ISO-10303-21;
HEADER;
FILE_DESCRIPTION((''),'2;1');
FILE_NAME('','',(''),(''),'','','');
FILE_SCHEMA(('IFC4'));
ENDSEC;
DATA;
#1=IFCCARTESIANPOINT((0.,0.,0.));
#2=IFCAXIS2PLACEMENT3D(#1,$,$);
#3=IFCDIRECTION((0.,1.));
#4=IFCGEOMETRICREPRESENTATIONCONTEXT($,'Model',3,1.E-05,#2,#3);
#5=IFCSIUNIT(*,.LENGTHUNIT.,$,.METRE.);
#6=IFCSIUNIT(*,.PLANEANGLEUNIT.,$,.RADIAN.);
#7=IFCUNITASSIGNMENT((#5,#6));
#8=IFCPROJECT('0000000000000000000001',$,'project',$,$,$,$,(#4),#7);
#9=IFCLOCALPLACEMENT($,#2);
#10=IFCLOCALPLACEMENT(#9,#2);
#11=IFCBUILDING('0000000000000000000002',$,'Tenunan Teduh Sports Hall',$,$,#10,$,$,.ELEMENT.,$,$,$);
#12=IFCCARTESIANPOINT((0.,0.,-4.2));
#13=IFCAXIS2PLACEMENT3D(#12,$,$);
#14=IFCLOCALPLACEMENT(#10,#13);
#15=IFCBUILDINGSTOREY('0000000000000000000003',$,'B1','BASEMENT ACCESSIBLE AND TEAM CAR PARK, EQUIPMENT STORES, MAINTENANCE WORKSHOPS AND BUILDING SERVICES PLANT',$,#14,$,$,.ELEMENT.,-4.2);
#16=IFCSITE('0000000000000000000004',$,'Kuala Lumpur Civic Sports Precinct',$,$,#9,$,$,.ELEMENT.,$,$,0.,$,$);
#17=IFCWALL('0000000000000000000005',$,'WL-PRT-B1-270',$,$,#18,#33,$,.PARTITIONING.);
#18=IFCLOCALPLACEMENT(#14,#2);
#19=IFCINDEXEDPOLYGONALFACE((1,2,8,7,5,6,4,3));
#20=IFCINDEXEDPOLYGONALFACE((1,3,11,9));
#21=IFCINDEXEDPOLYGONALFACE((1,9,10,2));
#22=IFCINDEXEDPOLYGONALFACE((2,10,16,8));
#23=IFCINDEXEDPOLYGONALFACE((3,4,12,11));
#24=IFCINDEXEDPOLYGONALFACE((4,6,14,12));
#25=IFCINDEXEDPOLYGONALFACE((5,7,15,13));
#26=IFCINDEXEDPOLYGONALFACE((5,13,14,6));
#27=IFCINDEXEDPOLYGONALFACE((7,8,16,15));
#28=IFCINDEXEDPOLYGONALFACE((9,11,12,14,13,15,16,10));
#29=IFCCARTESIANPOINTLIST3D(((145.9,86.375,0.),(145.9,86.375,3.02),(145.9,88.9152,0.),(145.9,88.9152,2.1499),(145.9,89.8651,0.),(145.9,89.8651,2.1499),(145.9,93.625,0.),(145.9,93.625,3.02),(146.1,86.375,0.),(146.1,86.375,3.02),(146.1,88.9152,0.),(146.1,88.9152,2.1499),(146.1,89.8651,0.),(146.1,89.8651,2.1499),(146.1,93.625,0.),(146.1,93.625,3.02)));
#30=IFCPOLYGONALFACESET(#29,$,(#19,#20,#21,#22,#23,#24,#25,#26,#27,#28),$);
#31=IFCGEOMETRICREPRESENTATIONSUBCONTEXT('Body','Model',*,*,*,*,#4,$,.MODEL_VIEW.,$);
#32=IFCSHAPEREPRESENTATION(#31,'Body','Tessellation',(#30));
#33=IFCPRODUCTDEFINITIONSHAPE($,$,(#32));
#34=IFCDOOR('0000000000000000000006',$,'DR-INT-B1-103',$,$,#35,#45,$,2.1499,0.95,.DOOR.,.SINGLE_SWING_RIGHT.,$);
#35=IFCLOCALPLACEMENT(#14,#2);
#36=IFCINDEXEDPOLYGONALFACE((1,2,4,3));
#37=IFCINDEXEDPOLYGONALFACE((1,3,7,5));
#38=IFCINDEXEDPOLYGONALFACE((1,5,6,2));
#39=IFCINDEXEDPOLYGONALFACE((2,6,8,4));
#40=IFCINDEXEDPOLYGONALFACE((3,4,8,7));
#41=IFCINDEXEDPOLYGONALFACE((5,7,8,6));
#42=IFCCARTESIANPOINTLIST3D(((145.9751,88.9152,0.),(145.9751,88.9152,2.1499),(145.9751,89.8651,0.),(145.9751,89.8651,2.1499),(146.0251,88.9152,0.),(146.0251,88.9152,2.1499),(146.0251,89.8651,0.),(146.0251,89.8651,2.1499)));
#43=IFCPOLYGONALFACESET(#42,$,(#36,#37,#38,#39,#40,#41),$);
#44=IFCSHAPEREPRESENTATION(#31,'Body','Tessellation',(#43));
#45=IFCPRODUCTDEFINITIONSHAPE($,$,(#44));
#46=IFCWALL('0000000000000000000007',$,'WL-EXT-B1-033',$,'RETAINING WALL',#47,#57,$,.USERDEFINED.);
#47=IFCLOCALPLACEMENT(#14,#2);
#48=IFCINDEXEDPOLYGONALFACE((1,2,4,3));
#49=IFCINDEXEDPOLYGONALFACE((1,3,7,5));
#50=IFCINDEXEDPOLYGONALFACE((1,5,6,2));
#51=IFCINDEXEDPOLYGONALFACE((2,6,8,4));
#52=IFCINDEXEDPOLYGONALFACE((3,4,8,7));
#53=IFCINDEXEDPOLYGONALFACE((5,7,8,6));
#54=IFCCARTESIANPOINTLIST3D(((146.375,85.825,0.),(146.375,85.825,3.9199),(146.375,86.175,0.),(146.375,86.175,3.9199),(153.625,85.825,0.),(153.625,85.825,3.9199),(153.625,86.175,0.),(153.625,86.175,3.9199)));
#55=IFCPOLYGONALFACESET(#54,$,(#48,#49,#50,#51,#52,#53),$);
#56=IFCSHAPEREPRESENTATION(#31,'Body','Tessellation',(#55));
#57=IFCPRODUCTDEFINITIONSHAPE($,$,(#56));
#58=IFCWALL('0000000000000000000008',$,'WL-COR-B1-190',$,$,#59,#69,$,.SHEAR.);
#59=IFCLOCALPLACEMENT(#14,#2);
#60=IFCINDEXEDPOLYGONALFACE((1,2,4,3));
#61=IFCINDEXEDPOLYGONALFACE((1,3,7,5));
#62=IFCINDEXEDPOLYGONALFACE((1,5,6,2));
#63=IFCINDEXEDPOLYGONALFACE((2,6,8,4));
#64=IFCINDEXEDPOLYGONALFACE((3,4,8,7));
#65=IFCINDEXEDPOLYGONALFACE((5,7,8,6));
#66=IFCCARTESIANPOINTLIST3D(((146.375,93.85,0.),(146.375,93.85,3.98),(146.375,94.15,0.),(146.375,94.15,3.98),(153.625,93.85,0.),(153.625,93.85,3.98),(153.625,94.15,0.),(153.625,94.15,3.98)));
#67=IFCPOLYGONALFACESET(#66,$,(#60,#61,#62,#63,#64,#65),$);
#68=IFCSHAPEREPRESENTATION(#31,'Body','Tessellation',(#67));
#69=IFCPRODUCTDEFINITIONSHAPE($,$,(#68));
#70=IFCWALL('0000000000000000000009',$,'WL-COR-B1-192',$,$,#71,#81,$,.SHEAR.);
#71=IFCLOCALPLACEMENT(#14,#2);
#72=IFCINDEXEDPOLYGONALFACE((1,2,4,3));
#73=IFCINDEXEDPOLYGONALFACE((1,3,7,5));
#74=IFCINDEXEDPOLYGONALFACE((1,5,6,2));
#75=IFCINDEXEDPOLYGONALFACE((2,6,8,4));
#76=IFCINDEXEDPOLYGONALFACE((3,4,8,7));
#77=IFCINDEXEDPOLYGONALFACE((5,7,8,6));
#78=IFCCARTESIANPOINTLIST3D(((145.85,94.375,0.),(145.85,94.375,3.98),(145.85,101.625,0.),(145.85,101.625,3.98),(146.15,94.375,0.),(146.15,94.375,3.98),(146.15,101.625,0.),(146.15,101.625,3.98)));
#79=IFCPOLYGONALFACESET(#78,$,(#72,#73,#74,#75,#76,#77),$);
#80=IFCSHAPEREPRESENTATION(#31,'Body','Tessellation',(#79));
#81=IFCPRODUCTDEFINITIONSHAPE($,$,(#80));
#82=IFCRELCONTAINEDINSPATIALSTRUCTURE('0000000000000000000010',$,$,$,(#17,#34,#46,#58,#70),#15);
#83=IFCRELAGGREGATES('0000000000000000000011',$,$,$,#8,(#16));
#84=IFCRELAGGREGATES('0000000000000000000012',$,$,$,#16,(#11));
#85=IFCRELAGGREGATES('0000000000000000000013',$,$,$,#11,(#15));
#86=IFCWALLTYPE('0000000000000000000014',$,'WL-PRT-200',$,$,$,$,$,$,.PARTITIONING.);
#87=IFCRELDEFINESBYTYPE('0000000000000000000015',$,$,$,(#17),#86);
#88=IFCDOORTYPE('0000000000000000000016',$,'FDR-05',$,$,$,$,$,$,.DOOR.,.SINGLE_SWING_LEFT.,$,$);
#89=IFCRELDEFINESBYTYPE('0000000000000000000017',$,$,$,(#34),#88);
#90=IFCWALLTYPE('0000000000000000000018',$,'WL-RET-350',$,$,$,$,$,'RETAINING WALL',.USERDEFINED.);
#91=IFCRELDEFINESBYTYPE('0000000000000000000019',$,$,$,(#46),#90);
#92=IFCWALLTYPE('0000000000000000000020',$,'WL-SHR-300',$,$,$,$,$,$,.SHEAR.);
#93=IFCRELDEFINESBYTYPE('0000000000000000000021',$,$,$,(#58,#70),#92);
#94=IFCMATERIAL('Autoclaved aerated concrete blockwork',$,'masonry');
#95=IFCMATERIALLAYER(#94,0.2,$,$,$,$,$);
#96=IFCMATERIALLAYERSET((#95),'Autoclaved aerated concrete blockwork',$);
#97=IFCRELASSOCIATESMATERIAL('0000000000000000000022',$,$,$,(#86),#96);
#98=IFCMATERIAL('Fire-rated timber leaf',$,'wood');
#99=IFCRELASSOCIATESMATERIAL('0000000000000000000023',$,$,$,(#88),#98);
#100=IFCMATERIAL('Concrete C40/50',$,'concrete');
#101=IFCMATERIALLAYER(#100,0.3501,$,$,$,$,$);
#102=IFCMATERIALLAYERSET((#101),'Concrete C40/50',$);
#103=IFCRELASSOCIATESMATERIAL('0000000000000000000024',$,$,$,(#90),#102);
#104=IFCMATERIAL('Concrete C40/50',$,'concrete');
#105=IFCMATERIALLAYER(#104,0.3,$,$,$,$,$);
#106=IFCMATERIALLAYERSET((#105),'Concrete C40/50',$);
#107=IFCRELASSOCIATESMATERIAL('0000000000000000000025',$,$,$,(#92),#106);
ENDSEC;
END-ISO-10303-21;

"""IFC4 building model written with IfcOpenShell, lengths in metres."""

from ifc_helpers import new_model, si_unit, direction, frame, frame_2d, origin, place, context, subcontext, project, spatial, rectangle, extrude, material, layer, layer_set, type_object, element, fill, save


model = new_model("IFC4")

# Units and contexts
model_context = context("Model", 3, precision=1e-05, world=origin(), true_north=direction((0.0, 1.0)))
body_context = subcontext(model_context, "Body", "Model", "MODEL_VIEW")
ifc_project = project(units=[si_unit("LENGTHUNIT", "METRE"), si_unit("PLANEANGLEUNIT", "RADIAN")], contexts=[model_context])

# Site, building, storey
site_placement = place(None, origin())
site = spatial("IfcSite", under=ifc_project, at=site_placement, Name="Kuala Lumpur Civic Sports Precinct", CompositionType="ELEMENT", RefElevation=0.0)
building_placement = place(site_placement, origin())
building = spatial("IfcBuilding", under=site, at=building_placement, Name="Tenunan Teduh Sports Hall", CompositionType="ELEMENT")
storey_placement = place(building_placement, frame((0.0, 0.0, -4.2)))
storey = spatial("IfcBuildingStorey", under=building, at=storey_placement, Name="B1", Description="BASEMENT ACCESSIBLE AND TEAM CAR PARK, EQUIPMENT STORES, MAINTENANCE WORKSHOPS AND BUILDING SERVICES PLANT", CompositionType="ELEMENT", Elevation=-4.2)

# Shared definitions
ifc_material_1 = material(Name="Autoclaved aerated concrete blockwork", Category="masonry")
ifc_layer_1 = layer(ifc_material_1, 0.2)
ifc_layer_set_1 = layer_set([ifc_layer_1], Name="Autoclaved aerated concrete blockwork")
wall_type_1 = type_object("IfcWallType", Name="WL-PRT-200", PredefinedType="PARTITIONING", material=ifc_layer_set_1)

# Wall, opening, door
wall_1_placement = place(storey_placement, frame((146.0, 86.375, 0.0), z_axis=(0.0, 0.0, 1.0), x_axis=(0.0, 1.0, 0.0)))
wall_1 = element("IfcWall", 1, at=wall_1_placement, inside=storey, type_object=wall_type_1, Name="WL-PRT-B1-270", PredefinedType="PARTITIONING", context=body_context, shape_type="SweptSolid", body=[
    extrude(rectangle(XDim=7.25, YDim=0.2, at=frame_2d((3.625, 0.0))), origin(), (0.0, 0.0, 1.0), 3.02),
])
opening_1_placement = place(wall_1_placement, frame((2.54, 0.0, 0.0)))
opening_1 = element("IfcOpeningElement", 2, at=opening_1_placement, cuts=wall_1, PredefinedType="OPENING", context=body_context, shape_type="SweptSolid", body=[
    extrude(rectangle(XDim=0.95, YDim=2.1499, at=frame_2d((0.4751, 1.075))), frame((0.0, 0.1099, 0.0), z_axis=(0.0, -1.0, 0.0), x_axis=(1.0, 0.0, 0.0)), (0.0, 0.0, 1.0), 0.22),
])
ifc_material_2 = material(Name="Fire-rated timber leaf", Category="wood")
door_type_1 = type_object("IfcDoorType", Name="FDR-05", OperationType="SINGLE_SWING_LEFT", PredefinedType="DOOR", material=ifc_material_2)
door_1_placement = place(opening_1_placement, origin())
door_1 = element("IfcDoor", 3, at=door_1_placement, inside=storey, type_object=door_type_1, Name="DR-INT-B1-103", OperationType="SINGLE_SWING_RIGHT", OverallHeight=2.1499, OverallWidth=0.95, PredefinedType="DOOR", context=body_context, shape_type="SweptSolid", body=[
    extrude(rectangle(XDim=0.95, YDim=2.1499, at=frame_2d((0.4751, 1.075))), frame((0.0, 0.0249, 0.0), z_axis=(0.0, -1.0, 0.0), x_axis=(1.0, 0.0, 0.0)), (0.0, 0.0, 1.0), 0.05),
])
fill(opening_1, door_1)

# Walls
ifc_material_3 = material(Name="Concrete C40/50", Category="concrete")
ifc_layer_2 = layer(ifc_material_3, 0.3501)
ifc_layer_set_2 = layer_set([ifc_layer_2], Name="Concrete C40/50")
wall_type_2 = type_object("IfcWallType", Name="WL-RET-350", ElementType="RETAINING WALL", PredefinedType="USERDEFINED", material=ifc_layer_set_2)
wall_2_placement = place(storey_placement, frame((146.375, 86.0, 0.0), z_axis=(0.0, 0.0, 1.0), x_axis=(1.0, 0.0, 0.0)))
element("IfcWall", 4, at=wall_2_placement, inside=storey, type_object=wall_type_2, Name="WL-EXT-B1-033", ObjectType="RETAINING WALL", PredefinedType="USERDEFINED", context=body_context, shape_type="SweptSolid", body=[
    extrude(rectangle(XDim=7.25, YDim=0.3501, at=frame_2d((3.625, 0.0))), origin(), (0.0, 0.0, 1.0), 3.9199),
])
ifc_material_4 = material(Name="Concrete C40/50", Category="concrete")
ifc_layer_3 = layer(ifc_material_4, 0.3)
ifc_layer_set_3 = layer_set([ifc_layer_3], Name="Concrete C40/50")
wall_type_3 = type_object("IfcWallType", Name="WL-SHR-300", PredefinedType="SHEAR", material=ifc_layer_set_3)
for number, where, z_axis, x_axis, name in (
    (5, (146.375, 94.0, 0.0), (0.0, 0.0, 1.0), (1.0, 0.0, 0.0), "WL-COR-B1-190"),
    (6, (146.0, 94.375, 0.0), (0.0, 0.0, 1.0), (0.0, 1.0, 0.0), "WL-COR-B1-192"),
):
    element("IfcWall", number, at=place(storey_placement, frame(where, z_axis=z_axis, x_axis=x_axis)), inside=storey, type_object=wall_type_3, Name=name, PredefinedType="SHEAR", context=body_context, shape_type="SweptSolid", body=[
        extrude(rectangle(XDim=7.25, YDim=0.3, at=frame_2d((3.625, 0.0))), origin(), (0.0, 0.0, 1.0), 3.98),
    ])

save(model, "model.ifc")
